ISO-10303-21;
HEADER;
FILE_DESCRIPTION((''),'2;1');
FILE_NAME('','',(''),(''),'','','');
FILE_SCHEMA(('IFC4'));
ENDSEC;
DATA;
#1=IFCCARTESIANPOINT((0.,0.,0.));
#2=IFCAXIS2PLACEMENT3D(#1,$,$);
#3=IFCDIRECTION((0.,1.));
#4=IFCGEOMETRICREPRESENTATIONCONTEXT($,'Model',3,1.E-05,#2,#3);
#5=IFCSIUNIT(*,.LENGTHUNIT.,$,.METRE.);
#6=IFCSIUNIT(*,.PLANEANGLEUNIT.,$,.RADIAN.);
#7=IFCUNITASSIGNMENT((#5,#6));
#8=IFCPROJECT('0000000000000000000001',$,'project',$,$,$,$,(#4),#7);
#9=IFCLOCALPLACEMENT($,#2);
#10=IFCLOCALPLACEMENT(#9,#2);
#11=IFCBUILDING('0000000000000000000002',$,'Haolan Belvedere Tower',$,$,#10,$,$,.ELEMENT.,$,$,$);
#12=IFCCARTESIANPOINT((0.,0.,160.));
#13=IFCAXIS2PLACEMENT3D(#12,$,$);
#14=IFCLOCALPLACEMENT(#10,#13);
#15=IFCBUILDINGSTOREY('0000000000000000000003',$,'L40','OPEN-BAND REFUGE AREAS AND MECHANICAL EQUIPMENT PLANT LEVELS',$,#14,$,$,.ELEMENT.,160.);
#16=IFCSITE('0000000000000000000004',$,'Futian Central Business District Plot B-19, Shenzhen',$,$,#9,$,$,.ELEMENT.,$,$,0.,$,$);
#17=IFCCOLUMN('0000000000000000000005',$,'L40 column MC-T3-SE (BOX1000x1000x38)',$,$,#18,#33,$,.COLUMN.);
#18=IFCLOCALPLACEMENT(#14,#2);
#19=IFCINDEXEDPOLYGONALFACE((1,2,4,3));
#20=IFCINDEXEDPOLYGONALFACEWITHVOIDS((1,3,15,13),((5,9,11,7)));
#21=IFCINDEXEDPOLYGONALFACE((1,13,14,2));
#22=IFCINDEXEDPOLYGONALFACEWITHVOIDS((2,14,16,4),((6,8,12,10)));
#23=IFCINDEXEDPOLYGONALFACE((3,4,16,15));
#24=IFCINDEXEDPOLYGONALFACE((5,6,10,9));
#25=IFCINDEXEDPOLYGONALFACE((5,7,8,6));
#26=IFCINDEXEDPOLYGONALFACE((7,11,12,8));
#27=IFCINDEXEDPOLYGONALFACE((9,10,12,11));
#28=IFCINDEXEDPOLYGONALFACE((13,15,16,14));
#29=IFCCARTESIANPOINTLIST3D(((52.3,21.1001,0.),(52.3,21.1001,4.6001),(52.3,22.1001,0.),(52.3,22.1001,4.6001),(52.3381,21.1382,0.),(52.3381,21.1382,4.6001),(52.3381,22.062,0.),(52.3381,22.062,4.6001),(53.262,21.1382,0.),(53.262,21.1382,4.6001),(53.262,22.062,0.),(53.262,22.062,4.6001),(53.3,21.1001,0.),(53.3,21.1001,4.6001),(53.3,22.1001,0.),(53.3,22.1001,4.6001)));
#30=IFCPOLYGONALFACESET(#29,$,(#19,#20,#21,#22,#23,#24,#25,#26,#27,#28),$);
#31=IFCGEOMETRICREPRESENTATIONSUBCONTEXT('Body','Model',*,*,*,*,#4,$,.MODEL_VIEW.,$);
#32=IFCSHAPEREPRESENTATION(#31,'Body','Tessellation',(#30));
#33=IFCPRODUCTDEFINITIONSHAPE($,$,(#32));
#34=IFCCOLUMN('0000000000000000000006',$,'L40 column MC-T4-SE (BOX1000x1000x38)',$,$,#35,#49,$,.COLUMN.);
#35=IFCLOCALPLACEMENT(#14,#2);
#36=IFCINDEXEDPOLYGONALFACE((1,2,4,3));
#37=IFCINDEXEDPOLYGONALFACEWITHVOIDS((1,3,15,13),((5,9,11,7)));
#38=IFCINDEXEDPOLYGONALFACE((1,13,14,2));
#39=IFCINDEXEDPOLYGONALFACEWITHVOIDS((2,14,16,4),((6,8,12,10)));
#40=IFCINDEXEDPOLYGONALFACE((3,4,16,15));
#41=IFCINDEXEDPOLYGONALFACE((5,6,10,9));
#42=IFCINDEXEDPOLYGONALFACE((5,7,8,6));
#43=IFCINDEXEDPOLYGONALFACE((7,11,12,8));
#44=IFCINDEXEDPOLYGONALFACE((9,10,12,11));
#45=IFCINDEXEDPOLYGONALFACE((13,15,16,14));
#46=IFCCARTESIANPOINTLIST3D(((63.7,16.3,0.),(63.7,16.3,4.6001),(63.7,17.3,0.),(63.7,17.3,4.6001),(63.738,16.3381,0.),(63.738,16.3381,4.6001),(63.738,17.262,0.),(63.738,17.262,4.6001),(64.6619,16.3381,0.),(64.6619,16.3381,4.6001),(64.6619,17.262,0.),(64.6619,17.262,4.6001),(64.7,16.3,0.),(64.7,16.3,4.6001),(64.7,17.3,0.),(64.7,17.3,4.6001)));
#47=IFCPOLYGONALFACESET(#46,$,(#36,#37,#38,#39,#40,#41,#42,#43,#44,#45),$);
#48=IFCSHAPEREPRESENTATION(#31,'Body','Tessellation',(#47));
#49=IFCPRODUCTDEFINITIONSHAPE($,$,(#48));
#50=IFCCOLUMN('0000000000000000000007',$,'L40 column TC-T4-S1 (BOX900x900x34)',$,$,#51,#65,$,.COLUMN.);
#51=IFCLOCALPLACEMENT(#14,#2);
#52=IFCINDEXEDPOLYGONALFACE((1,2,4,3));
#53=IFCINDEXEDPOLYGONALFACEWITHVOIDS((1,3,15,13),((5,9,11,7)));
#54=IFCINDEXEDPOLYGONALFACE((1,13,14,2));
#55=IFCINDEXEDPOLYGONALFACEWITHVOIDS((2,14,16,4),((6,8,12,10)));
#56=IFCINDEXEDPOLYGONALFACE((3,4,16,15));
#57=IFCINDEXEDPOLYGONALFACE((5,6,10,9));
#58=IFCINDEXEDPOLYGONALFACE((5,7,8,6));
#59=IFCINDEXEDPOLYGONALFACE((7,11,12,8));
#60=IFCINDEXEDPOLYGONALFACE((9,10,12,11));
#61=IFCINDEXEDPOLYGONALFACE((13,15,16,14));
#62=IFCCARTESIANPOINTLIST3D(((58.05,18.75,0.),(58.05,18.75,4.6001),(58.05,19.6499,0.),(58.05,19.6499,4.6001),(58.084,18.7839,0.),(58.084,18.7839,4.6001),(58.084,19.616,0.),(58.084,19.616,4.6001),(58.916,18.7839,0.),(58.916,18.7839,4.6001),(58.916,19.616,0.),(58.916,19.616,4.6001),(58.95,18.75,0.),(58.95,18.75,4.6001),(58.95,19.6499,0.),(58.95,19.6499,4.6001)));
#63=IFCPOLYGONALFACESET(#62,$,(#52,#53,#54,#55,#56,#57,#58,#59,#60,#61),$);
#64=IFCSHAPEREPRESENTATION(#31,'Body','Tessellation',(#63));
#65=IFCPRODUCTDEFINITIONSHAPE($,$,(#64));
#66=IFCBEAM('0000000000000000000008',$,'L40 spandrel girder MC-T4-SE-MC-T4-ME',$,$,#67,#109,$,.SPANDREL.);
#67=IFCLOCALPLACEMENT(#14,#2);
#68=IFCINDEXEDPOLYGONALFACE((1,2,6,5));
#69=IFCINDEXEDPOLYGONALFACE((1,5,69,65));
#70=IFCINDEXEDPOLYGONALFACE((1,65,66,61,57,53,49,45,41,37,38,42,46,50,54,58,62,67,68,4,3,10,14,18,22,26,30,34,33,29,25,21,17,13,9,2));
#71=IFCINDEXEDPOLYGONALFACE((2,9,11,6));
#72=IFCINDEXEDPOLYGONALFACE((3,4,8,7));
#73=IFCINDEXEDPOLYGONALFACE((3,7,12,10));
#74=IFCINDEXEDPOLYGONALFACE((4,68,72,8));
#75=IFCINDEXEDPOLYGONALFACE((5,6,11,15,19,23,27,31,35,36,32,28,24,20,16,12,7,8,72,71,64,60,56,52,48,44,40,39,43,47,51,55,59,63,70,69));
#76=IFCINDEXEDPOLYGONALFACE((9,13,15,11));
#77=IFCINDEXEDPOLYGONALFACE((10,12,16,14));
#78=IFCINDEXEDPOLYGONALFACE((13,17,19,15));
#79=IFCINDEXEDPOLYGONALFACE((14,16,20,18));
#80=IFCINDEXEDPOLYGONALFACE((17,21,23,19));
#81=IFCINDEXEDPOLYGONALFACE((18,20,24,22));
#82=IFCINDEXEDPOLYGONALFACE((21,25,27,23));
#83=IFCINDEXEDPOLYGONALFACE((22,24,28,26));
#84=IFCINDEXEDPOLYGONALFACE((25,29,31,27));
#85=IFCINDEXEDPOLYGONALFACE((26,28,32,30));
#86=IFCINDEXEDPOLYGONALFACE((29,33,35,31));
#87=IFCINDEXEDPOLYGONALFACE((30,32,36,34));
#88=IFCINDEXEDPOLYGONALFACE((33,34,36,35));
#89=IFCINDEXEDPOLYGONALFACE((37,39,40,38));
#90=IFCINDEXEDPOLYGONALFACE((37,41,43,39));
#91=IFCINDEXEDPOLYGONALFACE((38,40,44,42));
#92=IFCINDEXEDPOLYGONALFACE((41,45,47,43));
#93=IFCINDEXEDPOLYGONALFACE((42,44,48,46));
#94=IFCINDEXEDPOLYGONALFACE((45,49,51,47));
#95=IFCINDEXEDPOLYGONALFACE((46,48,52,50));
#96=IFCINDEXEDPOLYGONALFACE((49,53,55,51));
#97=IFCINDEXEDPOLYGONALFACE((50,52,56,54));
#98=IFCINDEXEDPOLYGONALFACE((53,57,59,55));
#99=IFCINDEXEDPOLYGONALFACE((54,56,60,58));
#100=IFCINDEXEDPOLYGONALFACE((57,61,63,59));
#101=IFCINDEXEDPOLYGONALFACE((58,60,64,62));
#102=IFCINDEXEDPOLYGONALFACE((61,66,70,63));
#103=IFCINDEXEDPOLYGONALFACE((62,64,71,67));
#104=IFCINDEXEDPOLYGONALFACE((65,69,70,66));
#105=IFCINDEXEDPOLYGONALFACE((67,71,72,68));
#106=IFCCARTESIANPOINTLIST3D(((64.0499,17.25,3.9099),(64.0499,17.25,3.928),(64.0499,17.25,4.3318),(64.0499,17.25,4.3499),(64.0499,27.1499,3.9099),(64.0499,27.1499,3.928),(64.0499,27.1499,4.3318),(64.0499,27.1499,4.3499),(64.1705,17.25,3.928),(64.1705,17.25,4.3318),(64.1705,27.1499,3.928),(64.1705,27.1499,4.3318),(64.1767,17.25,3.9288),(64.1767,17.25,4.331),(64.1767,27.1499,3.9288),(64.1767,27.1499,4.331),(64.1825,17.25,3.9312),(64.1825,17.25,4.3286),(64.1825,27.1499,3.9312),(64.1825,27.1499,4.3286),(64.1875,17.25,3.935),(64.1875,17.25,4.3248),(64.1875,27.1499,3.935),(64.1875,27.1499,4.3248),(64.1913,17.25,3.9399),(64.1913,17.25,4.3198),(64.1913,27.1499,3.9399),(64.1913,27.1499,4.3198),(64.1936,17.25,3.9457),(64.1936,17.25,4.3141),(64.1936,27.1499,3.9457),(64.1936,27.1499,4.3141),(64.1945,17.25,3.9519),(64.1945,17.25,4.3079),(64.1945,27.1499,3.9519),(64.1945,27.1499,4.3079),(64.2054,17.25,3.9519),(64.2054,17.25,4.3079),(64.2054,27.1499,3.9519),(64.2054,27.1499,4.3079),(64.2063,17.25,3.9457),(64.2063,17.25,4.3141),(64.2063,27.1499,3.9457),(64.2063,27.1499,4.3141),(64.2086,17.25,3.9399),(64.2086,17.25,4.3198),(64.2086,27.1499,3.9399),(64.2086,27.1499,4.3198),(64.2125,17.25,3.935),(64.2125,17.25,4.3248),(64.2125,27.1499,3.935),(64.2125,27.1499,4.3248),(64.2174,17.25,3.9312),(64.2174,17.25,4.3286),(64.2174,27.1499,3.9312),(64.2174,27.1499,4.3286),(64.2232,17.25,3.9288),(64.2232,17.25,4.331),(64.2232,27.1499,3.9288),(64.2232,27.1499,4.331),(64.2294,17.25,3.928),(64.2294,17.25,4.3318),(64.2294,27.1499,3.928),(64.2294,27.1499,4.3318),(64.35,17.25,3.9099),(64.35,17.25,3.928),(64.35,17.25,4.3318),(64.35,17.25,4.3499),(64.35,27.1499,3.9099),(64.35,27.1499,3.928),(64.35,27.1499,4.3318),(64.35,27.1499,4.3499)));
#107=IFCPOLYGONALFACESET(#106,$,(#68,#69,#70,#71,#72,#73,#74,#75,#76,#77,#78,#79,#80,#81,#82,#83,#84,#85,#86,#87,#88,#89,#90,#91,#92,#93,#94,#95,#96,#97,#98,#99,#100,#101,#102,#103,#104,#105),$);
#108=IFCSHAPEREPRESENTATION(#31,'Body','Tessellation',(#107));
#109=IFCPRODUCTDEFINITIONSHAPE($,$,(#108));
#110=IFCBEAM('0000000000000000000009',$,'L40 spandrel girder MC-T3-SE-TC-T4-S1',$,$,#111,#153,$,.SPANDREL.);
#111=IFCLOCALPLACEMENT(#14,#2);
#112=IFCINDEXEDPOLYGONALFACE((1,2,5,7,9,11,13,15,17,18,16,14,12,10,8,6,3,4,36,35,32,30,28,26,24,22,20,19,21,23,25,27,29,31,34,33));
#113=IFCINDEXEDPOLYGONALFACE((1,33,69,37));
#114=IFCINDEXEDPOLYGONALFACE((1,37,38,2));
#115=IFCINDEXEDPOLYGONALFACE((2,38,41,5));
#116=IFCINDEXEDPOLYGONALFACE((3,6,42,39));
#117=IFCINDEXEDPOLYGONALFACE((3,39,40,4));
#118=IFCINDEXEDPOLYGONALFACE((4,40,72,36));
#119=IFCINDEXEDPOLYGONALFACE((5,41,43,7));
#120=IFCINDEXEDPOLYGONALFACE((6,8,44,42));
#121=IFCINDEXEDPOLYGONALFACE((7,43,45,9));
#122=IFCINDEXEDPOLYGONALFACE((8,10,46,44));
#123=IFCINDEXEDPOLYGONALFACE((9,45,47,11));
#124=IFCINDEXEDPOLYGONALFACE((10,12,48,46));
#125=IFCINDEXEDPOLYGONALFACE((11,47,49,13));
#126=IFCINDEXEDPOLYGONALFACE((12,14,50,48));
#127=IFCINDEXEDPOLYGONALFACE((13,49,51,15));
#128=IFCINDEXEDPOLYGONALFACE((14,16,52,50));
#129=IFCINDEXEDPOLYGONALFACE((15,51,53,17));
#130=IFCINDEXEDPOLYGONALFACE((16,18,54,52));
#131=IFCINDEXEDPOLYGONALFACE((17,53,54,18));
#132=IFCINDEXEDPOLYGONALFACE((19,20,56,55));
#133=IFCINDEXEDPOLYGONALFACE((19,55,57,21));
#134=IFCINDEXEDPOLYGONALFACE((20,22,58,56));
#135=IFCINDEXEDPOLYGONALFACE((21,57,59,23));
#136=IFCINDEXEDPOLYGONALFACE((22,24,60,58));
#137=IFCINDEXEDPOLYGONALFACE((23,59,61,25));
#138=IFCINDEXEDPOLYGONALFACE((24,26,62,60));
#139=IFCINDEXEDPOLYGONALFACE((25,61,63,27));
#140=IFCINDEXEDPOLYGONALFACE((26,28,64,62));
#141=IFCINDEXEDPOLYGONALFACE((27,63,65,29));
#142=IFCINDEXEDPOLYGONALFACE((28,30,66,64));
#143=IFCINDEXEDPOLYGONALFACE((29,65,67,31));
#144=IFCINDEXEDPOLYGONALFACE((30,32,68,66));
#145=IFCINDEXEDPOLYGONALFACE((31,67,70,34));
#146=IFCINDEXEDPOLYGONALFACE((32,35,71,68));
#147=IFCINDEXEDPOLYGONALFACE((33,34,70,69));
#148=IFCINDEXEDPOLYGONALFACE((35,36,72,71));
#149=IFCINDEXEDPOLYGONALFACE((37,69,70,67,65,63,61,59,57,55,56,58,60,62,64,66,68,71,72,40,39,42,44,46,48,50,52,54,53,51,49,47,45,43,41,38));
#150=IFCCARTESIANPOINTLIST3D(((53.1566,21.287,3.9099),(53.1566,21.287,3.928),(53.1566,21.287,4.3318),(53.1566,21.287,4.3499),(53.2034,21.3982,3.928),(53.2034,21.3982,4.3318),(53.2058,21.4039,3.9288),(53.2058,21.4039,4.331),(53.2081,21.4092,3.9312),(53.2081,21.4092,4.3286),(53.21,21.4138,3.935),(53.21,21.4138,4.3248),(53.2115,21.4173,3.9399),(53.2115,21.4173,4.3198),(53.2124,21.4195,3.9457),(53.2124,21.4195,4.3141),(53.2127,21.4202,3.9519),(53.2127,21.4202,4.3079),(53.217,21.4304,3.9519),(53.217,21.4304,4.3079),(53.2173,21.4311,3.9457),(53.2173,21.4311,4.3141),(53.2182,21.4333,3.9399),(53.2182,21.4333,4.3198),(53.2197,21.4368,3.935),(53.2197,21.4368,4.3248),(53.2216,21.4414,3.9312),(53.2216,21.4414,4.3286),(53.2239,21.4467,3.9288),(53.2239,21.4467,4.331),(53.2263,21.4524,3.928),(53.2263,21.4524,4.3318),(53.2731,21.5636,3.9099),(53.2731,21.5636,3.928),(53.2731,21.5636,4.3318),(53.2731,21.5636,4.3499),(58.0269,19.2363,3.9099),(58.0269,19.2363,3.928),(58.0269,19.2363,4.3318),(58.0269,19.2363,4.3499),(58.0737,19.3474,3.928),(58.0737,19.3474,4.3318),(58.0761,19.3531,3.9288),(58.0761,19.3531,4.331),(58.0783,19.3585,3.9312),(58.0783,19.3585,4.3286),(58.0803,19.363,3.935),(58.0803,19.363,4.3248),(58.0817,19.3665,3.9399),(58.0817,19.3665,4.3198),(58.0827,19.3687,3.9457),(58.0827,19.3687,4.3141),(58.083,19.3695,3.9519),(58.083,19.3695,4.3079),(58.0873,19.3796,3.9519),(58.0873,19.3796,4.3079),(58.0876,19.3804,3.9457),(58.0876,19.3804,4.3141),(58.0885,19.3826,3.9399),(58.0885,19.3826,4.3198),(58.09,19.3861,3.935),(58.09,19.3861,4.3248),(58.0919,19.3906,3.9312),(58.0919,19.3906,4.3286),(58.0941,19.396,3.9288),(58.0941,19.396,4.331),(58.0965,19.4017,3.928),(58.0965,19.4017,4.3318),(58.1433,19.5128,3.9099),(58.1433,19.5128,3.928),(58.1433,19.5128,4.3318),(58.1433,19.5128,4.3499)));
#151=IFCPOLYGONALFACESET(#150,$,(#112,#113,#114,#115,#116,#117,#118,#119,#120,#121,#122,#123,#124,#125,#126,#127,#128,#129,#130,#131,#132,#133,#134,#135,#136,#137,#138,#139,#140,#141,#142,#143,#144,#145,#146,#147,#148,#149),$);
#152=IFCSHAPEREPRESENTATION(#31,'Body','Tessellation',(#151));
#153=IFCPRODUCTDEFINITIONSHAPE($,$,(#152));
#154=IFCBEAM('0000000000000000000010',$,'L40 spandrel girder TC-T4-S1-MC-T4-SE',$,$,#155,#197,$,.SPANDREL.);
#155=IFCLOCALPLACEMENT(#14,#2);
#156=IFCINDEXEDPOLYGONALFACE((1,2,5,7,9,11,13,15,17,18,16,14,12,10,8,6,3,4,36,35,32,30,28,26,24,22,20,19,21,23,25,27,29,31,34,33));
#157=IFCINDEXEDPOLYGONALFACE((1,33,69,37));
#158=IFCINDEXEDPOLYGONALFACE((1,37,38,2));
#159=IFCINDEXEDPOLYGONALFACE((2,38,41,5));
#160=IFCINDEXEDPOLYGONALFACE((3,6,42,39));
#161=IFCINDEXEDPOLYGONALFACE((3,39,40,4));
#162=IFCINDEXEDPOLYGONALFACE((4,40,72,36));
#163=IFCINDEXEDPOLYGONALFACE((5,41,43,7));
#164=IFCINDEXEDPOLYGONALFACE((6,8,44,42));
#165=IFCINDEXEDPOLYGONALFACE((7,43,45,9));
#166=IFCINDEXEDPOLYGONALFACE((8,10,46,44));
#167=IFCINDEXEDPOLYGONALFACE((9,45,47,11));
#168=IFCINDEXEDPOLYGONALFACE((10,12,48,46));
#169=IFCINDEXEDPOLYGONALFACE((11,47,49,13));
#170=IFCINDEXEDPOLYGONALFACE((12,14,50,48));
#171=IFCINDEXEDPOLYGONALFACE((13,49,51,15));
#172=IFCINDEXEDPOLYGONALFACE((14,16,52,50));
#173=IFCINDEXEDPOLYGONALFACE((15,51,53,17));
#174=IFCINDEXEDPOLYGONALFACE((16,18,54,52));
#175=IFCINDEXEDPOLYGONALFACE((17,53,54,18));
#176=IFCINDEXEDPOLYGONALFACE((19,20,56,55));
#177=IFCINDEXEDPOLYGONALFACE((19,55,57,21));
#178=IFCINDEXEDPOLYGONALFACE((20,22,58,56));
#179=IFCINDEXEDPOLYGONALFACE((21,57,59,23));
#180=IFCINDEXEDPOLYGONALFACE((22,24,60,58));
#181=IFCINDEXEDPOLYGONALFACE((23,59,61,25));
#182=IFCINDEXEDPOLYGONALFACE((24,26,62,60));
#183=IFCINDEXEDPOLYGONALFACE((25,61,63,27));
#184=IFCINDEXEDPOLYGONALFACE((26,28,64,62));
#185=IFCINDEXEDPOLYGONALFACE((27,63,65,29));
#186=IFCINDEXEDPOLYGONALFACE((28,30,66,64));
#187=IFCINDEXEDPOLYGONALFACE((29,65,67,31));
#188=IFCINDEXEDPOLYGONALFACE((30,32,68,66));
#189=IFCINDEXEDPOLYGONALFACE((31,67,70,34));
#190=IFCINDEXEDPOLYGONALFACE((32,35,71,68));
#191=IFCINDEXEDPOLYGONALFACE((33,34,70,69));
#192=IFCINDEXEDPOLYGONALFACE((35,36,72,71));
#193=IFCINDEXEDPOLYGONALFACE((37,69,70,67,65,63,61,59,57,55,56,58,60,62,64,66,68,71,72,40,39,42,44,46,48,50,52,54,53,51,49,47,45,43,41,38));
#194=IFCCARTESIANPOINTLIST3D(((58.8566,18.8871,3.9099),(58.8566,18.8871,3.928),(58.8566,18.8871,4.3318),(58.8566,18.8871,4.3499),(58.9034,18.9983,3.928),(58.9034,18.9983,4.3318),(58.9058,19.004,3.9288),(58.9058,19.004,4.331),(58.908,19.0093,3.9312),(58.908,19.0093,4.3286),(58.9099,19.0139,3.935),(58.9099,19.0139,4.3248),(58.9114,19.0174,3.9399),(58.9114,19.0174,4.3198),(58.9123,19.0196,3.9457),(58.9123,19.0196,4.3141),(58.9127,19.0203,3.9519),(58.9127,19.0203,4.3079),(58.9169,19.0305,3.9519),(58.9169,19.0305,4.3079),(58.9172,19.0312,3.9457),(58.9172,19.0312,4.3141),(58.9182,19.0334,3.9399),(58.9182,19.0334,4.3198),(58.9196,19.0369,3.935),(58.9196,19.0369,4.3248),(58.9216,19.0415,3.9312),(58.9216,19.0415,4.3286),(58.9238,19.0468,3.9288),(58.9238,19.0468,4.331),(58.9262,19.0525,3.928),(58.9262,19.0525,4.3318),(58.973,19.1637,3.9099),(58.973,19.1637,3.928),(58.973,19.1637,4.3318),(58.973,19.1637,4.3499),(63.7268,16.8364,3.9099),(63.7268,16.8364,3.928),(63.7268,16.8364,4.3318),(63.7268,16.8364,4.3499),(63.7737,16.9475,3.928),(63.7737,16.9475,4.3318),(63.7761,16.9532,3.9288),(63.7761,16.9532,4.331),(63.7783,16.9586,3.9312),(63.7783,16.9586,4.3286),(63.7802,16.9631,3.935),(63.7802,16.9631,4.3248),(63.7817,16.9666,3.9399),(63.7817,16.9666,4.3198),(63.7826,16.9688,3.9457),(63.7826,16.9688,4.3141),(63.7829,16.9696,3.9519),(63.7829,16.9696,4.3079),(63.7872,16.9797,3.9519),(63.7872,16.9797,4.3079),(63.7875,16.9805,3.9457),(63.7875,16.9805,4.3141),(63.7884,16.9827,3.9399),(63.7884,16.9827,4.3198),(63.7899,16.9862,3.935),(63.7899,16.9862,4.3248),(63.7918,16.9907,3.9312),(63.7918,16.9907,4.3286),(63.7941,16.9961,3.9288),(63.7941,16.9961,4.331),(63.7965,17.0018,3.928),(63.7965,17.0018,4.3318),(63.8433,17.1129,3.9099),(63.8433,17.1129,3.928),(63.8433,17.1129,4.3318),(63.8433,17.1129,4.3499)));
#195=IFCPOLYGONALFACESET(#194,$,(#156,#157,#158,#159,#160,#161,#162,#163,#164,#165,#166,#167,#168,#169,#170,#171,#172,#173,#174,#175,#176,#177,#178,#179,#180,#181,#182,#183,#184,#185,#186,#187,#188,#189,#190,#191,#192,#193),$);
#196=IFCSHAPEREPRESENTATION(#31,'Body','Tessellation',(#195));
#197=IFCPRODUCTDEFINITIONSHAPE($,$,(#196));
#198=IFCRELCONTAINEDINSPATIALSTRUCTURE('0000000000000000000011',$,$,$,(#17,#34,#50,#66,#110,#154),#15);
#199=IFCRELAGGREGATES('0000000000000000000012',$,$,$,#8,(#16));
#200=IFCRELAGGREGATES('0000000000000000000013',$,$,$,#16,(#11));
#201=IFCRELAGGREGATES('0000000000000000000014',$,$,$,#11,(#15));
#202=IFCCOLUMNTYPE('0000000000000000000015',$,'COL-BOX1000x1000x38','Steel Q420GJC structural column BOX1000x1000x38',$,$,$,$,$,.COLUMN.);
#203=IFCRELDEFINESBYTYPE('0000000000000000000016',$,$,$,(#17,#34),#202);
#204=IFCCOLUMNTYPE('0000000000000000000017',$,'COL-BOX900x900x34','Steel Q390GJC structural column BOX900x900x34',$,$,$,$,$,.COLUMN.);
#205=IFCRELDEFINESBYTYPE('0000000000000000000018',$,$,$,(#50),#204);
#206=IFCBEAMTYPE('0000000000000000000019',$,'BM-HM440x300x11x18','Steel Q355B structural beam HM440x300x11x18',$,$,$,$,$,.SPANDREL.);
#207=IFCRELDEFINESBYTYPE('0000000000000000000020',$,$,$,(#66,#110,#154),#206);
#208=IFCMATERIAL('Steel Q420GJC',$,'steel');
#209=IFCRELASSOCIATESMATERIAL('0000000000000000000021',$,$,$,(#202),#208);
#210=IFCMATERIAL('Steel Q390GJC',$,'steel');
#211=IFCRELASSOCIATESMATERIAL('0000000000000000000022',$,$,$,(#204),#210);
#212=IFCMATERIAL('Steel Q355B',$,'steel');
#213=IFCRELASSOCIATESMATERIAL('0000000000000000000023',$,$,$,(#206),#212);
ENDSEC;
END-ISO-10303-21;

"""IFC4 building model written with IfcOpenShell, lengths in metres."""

from ifc_helpers import new_model, si_unit, direction, frame, origin, origin_2d, place, context, subcontext, project, spatial, hollow_rectangle, i_section, extrude, material, material_profile, profile_set, type_object, element, save


model = new_model("IFC4")

# Units and contexts
model_context = context("Model", 3, precision=1e-05, world=origin(), true_north=direction((0.0, 1.0)))
body_context = subcontext(model_context, "Body", "Model", "MODEL_VIEW")
ifc_project = project(units=[si_unit("LENGTHUNIT", "METRE"), si_unit("PLANEANGLEUNIT", "RADIAN")], contexts=[model_context])

# Site, building, storey
site_placement = place(None, origin())
site = spatial("IfcSite", under=ifc_project, at=site_placement, Name="Futian Central Business District Plot B-19, Shenzhen", CompositionType="ELEMENT", RefElevation=0.0)
building_placement = place(site_placement, origin())
building = spatial("IfcBuilding", under=site, at=building_placement, Name="Haolan Belvedere Tower", CompositionType="ELEMENT")
storey_placement = place(building_placement, frame((0.0, 0.0, 160.0)))
storey = spatial("IfcBuildingStorey", under=building, at=storey_placement, Name="L40", Description="OPEN-BAND REFUGE AREAS AND MECHANICAL EQUIPMENT PLANT LEVELS", CompositionType="ELEMENT", Elevation=160.0)

# Columns
ifc_material_1 = material(Name="Steel Q420GJC", Category="steel")
ifc_material_profile_1 = material_profile(ifc_material_1, hollow_rectangle(XDim=1.0, YDim=1.0, WallThickness=0.0381, at=origin_2d()), Name="Steel Q420GJC")
ifc_profile_set_1 = profile_set([ifc_material_profile_1], Name="Steel Q420GJC")
column_type_1 = type_object("IfcColumnType", Name="COL-BOX1000x1000x38", Description="Steel Q420GJC structural column BOX1000x1000x38", PredefinedType="COLUMN", material=ifc_profile_set_1)
for number, where, z_axis, x_axis, name in (
    (1, (52.8, 21.6001, 0.0), (0.0, 0.0, 1.0), (1.0, 0.0, 0.0), "L40 column MC-T3-SE (BOX1000x1000x38)"),
    (2, (64.2, 16.8, 0.0), (0.0, 0.0, 1.0), (1.0, 0.0, 0.0), "L40 column MC-T4-SE (BOX1000x1000x38)"),
):
    element("IfcColumn", number, at=place(storey_placement, frame(where, z_axis=z_axis, x_axis=x_axis)), inside=storey, type_object=column_type_1, Name=name, PredefinedType="COLUMN", context=body_context, shape_type="SweptSolid", body=[
        extrude(hollow_rectangle(XDim=1.0, YDim=1.0, WallThickness=0.0381, at=origin_2d()), origin(), (0.0, 0.0, 1.0), 4.6001),
    ])
ifc_material_2 = material(Name="Steel Q390GJC", Category="steel")
ifc_material_profile_2 = material_profile(ifc_material_2, hollow_rectangle(XDim=0.8999, YDim=0.8999, WallThickness=0.0339, at=origin_2d()), Name="Steel Q390GJC")
ifc_profile_set_2 = profile_set([ifc_material_profile_2], Name="Steel Q390GJC")
column_type_2 = type_object("IfcColumnType", Name="COL-BOX900x900x34", Description="Steel Q390GJC structural column BOX900x900x34", PredefinedType="COLUMN", material=ifc_profile_set_2)
column_placement = place(storey_placement, frame((58.5, 19.2, 0.0), z_axis=(0.0, 0.0, 1.0), x_axis=(1.0, 0.0, 0.0)))
element("IfcColumn", 3, at=column_placement, inside=storey, type_object=column_type_2, Name="L40 column TC-T4-S1 (BOX900x900x34)", PredefinedType="COLUMN", context=body_context, shape_type="SweptSolid", body=[
    extrude(hollow_rectangle(XDim=0.8999, YDim=0.8999, WallThickness=0.0339, at=origin_2d()), origin(), (0.0, 0.0, 1.0), 4.6001),
])

# Beams
ifc_material_3 = material(Name="Steel Q355B", Category="steel")
ifc_material_profile_3 = material_profile(ifc_material_3, i_section(OverallWidth=0.3, OverallDepth=0.4399, WebThickness=0.011, FlangeThickness=0.0181, FilletRadius=0.0239, at=origin_2d()), Name="Steel Q355B")
ifc_profile_set_3 = profile_set([ifc_material_profile_3], Name="Steel Q355B")
beam_type = type_object("IfcBeamType", Name="BM-HM440x300x11x18", Description="Steel Q355B structural beam HM440x300x11x18", PredefinedType="SPANDREL", material=ifc_profile_set_3)
beam_placement = place(storey_placement, frame((64.2, 17.25, 4.1299), z_axis=(0.0, 1.0, 0.0), x_axis=(-1.0, 0.0, 0.0)))
element("IfcBeam", 4, at=beam_placement, inside=storey, type_object=beam_type, Name="L40 spandrel girder MC-T4-SE-MC-T4-ME", PredefinedType="SPANDREL", context=body_context, shape_type="SweptSolid", body=[
    extrude(i_section(OverallWidth=0.3, OverallDepth=0.4399, WebThickness=0.011, FlangeThickness=0.0181, FilletRadius=0.0239, at=origin_2d()), origin(), (0.0, 0.0, 1.0), 9.8999),
])
for number, where, z_axis, x_axis, name in (
    (5, (53.2148, 21.4253, 4.1299), (0.921628, -0.388074, 0.0), (0.388074, 0.921628, 0.0), "L40 spandrel girder MC-T3-SE-TC-T4-S1"),
    (6, (58.9148, 19.0254, 4.1299), (0.921628, -0.388074, 0.0), (0.388074, 0.921628, 0.0), "L40 spandrel girder TC-T4-S1-MC-T4-SE"),
):
    element("IfcBeam", number, at=place(storey_placement, frame(where, z_axis=z_axis, x_axis=x_axis)), inside=storey, type_object=beam_type, Name=name, PredefinedType="SPANDREL", context=body_context, shape_type="SweptSolid", body=[
        extrude(i_section(OverallWidth=0.3, OverallDepth=0.4399, WebThickness=0.011, FlangeThickness=0.0181, FilletRadius=0.0239, at=origin_2d()), origin(), (0.0, 0.0, 1.0), 5.2844),
    ])

save(model, "model.ifc")
